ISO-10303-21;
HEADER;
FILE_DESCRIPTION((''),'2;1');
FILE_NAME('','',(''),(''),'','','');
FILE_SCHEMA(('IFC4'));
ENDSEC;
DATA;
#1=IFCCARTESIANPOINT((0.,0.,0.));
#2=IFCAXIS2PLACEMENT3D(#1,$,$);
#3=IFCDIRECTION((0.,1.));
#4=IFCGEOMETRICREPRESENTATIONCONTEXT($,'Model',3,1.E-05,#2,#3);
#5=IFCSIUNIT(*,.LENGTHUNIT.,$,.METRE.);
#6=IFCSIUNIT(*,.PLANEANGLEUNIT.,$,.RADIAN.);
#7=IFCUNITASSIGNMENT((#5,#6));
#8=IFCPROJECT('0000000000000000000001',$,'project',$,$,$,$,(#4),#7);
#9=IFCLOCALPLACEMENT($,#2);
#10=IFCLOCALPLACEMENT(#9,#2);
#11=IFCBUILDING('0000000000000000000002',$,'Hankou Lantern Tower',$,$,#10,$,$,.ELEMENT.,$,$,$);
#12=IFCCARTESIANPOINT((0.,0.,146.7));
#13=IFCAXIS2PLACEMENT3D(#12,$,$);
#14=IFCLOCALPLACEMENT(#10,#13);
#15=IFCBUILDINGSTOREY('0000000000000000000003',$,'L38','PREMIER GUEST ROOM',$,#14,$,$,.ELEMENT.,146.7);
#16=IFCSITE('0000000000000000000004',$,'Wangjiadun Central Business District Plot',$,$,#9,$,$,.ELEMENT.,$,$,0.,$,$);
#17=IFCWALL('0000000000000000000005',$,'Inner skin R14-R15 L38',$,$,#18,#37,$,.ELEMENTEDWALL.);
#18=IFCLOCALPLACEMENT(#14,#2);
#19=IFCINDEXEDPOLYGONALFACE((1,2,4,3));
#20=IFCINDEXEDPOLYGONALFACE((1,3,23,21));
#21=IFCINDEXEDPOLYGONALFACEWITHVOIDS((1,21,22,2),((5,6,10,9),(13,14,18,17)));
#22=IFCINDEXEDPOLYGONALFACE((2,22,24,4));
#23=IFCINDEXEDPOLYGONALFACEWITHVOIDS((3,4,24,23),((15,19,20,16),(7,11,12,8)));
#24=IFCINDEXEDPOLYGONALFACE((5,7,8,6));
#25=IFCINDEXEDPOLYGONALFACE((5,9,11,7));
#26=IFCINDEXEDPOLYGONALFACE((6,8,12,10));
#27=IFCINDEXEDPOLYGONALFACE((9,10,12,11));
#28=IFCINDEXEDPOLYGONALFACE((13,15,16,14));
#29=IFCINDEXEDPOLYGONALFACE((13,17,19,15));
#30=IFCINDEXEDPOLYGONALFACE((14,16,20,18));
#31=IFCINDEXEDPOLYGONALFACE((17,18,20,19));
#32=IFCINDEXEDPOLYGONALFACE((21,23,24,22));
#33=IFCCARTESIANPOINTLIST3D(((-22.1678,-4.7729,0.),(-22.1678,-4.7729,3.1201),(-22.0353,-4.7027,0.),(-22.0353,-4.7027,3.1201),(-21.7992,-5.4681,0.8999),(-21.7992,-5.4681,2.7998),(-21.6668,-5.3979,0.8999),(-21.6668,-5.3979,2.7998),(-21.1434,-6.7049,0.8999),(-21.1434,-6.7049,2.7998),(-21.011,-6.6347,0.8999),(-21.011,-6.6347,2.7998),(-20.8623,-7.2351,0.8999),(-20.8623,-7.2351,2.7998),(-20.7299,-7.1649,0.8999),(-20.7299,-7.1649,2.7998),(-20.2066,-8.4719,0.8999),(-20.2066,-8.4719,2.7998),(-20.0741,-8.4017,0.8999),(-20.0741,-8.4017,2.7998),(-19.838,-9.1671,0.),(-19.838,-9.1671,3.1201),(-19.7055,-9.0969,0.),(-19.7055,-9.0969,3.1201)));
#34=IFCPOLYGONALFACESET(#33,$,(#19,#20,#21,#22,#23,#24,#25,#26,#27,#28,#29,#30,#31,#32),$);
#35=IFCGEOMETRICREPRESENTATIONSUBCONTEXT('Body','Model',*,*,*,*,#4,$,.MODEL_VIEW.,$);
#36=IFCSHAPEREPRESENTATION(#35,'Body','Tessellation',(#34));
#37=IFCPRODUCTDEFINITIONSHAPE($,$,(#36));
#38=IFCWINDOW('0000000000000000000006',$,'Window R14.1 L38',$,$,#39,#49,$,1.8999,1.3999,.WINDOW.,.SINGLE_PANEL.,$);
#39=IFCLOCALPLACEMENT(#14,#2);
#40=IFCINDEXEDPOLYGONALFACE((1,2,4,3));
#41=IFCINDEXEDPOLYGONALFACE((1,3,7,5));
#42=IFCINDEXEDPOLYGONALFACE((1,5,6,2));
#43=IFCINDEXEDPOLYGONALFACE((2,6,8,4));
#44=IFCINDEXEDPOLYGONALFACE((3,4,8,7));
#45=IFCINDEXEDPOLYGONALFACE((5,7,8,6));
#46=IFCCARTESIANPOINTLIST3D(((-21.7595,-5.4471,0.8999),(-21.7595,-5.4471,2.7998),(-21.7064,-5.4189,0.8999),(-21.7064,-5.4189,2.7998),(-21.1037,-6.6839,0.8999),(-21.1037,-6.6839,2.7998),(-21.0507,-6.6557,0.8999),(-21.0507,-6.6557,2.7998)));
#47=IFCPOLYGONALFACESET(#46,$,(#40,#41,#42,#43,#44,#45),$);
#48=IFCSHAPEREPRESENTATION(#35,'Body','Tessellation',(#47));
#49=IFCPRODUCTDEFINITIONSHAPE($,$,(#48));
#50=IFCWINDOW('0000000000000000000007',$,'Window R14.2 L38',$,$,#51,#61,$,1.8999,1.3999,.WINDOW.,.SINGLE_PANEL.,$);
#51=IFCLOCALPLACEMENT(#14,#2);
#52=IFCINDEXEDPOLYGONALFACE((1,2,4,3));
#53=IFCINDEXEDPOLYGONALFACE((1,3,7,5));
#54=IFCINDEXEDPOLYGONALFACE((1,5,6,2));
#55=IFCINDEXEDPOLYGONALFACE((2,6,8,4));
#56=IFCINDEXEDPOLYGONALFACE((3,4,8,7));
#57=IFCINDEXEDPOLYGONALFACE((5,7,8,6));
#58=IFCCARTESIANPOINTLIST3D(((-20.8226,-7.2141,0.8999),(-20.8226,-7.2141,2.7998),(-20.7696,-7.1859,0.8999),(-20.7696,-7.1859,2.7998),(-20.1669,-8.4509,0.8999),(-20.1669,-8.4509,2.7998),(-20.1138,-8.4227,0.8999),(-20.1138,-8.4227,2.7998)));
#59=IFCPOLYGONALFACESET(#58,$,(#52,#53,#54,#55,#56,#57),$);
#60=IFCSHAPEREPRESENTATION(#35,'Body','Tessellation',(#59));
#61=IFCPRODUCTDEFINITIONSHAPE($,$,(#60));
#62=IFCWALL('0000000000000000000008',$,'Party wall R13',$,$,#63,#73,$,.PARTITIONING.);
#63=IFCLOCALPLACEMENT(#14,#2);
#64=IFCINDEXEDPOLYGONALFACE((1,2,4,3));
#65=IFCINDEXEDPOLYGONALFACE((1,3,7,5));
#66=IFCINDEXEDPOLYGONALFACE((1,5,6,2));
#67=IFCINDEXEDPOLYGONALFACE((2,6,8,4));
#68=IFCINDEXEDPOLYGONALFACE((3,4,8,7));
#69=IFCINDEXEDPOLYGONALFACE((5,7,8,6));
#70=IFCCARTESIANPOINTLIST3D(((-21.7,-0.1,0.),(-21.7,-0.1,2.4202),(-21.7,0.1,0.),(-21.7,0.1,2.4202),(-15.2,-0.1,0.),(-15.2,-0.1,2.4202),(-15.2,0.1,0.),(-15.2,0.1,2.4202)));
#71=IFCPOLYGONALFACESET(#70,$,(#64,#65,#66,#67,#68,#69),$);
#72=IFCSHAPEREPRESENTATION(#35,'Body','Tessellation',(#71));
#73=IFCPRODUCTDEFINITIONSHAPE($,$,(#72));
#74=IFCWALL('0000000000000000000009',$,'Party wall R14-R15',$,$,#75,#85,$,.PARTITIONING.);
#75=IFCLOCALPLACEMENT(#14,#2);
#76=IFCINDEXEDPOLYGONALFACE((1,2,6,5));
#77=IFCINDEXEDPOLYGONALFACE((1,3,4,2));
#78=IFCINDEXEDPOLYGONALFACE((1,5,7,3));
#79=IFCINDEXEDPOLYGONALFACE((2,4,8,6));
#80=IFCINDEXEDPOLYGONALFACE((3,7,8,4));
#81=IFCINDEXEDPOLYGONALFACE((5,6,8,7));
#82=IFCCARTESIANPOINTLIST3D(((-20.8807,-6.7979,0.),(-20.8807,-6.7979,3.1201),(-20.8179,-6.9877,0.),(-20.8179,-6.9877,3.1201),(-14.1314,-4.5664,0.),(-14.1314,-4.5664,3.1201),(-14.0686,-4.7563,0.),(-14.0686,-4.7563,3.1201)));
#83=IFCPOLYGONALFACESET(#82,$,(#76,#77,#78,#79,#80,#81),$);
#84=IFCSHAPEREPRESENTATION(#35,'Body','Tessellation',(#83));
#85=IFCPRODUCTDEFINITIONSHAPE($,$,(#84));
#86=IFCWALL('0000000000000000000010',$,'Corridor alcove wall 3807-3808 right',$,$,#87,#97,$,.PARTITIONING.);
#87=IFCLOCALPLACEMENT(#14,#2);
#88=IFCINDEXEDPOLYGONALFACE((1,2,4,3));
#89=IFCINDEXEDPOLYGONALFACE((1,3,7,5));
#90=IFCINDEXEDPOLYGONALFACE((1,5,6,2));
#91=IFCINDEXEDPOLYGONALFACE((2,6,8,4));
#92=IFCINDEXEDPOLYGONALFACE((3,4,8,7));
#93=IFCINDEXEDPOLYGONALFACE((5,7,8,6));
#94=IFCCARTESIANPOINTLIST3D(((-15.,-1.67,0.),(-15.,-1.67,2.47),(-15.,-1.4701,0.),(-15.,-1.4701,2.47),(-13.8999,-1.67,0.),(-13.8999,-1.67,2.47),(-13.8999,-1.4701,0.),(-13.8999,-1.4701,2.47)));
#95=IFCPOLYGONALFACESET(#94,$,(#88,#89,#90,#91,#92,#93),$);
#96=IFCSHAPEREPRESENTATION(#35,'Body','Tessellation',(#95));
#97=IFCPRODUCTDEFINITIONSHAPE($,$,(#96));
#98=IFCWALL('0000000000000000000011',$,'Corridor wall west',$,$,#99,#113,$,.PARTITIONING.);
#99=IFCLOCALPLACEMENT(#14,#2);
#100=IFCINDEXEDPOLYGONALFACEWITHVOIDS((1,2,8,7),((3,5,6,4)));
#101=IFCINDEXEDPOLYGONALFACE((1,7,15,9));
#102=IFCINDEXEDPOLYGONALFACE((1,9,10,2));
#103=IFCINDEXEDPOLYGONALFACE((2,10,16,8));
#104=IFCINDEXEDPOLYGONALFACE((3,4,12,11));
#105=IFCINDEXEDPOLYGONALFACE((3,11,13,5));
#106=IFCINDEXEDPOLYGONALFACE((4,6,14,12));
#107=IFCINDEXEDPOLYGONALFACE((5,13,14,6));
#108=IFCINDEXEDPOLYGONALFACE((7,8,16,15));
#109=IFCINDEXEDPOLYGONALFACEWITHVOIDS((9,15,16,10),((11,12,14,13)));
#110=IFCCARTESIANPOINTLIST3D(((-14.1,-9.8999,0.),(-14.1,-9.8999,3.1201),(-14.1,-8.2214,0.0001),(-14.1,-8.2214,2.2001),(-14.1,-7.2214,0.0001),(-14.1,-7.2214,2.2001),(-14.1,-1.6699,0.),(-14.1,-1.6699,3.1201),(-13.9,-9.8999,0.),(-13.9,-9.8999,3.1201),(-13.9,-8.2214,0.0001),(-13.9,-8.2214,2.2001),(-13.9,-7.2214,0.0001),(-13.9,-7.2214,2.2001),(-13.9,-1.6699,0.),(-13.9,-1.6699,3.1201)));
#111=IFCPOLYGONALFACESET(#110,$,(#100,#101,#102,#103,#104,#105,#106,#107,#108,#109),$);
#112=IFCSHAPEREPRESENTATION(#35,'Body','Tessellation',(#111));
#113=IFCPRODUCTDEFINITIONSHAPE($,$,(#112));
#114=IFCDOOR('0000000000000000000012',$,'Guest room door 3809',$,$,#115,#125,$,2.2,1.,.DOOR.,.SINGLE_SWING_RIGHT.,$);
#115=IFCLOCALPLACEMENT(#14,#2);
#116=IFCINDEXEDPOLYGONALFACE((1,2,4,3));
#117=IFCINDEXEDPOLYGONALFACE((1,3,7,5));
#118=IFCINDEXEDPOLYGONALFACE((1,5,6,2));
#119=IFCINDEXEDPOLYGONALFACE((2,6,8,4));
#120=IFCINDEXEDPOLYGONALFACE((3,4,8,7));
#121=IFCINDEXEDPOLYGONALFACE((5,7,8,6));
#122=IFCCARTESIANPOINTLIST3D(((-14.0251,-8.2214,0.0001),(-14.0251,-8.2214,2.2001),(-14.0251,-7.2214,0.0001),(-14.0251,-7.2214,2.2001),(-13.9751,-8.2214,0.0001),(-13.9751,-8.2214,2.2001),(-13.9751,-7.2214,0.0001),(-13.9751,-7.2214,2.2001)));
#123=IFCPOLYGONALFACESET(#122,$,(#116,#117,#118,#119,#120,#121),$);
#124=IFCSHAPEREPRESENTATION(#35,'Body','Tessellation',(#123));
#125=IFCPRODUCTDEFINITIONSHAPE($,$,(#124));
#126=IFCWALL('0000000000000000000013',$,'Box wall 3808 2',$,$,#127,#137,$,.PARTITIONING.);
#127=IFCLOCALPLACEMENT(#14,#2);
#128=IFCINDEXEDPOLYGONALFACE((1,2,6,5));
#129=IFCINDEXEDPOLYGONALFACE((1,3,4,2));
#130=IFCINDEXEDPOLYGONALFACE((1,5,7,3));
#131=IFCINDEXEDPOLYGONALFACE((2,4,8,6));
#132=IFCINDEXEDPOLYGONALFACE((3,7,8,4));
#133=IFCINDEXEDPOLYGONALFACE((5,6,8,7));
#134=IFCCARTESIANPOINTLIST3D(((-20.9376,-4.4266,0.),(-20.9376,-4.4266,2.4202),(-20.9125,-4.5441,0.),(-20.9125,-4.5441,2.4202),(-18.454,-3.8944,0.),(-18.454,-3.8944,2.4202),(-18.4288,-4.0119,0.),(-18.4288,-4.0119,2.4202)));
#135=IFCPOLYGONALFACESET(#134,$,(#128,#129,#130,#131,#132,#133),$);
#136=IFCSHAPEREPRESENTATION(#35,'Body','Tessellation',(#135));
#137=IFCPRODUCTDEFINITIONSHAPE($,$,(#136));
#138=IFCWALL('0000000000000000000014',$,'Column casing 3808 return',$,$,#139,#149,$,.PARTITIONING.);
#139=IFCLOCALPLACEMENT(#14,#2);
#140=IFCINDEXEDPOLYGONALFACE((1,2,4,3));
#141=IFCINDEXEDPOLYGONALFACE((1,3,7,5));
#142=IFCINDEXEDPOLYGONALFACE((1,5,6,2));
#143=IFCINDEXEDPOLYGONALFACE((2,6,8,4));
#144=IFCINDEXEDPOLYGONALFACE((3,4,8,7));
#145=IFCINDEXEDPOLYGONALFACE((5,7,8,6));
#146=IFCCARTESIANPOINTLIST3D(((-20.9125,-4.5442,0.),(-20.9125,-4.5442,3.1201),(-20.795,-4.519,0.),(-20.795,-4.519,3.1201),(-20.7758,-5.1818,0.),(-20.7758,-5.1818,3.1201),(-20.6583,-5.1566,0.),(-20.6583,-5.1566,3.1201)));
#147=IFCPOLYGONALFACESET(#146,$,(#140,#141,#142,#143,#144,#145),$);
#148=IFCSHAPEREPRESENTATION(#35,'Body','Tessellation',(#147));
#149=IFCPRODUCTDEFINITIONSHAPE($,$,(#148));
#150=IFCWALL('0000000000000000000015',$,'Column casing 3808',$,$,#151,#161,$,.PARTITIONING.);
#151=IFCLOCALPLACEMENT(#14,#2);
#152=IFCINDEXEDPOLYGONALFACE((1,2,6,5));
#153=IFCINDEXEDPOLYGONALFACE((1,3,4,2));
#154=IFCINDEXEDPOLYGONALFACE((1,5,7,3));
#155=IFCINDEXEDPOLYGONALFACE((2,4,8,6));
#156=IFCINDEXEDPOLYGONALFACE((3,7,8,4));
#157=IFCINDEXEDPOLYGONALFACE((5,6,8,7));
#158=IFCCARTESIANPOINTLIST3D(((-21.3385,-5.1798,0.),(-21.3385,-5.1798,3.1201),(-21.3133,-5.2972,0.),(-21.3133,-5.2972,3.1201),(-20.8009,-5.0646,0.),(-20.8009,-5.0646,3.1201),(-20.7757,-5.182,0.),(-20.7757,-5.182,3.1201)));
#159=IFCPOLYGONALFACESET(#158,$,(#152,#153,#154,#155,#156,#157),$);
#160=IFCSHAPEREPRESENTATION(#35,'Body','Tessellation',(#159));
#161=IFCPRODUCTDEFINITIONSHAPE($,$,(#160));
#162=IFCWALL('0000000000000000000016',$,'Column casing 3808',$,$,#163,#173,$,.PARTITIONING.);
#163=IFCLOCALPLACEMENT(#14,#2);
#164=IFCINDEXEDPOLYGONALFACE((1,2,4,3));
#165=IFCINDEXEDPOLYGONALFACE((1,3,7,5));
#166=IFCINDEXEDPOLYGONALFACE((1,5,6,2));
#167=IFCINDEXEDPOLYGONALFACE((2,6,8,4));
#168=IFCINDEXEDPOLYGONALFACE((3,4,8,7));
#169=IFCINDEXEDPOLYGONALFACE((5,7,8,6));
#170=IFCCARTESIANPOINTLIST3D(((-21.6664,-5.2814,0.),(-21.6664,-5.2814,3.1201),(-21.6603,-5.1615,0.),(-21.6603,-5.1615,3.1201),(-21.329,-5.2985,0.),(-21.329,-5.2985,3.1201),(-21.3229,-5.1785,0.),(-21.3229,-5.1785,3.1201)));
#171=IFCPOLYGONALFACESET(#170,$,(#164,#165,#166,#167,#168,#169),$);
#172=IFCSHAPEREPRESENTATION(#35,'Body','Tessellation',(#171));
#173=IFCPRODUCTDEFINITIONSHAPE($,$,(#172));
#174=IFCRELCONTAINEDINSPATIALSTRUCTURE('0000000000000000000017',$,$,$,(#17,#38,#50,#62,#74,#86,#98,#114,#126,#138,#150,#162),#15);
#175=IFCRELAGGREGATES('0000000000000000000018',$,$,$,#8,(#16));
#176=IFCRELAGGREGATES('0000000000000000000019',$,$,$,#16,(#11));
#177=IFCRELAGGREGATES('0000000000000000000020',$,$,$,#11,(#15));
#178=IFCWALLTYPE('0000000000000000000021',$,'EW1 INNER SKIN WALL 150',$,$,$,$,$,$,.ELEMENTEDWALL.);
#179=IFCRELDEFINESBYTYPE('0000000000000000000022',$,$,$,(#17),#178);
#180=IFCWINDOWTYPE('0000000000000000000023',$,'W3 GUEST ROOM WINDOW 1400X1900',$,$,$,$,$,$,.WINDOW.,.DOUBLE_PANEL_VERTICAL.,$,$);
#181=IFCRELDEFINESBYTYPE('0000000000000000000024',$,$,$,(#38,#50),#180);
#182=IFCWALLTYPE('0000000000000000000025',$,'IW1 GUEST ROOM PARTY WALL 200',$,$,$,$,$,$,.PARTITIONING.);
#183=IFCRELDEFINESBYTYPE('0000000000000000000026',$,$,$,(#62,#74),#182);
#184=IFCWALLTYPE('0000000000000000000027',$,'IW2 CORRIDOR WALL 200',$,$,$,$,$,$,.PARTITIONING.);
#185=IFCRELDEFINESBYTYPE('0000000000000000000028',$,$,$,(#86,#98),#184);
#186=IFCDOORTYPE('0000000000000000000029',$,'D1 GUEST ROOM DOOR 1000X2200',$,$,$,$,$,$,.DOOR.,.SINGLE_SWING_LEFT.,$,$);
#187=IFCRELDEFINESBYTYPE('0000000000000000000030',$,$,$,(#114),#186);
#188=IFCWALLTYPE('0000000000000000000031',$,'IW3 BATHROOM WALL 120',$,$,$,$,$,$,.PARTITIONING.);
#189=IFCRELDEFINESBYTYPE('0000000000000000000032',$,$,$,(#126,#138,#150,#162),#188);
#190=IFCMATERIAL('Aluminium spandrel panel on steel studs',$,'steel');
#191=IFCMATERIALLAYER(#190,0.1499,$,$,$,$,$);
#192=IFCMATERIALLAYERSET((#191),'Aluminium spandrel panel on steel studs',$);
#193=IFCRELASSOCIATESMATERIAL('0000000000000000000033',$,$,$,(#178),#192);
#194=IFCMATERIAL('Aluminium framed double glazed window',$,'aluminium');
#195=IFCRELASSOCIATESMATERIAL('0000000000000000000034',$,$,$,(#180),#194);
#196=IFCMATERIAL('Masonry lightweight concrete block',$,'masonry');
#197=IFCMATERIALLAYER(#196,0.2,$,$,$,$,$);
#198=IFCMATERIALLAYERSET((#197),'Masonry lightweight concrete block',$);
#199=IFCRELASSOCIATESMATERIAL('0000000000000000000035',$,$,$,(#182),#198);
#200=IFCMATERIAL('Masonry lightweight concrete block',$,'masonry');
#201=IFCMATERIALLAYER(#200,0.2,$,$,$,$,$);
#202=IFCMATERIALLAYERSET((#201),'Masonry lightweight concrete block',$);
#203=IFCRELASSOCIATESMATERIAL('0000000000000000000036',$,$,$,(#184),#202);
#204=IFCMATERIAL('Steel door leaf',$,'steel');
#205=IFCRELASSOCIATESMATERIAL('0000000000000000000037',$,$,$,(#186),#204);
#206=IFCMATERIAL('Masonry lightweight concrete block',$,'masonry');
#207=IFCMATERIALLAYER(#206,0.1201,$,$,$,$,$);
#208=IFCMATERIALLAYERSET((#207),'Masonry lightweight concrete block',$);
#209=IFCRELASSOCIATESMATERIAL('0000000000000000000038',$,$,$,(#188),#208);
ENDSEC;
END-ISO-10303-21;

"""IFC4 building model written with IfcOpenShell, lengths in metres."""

from ifc_helpers import new_model, si_unit, direction, frame, frame_2d, origin, place, context, subcontext, project, spatial, rectangle, extrude, material, layer, layer_set, type_object, element, fill, save


model = new_model("IFC4")

# Units and contexts
model_context = context("Model", 3, precision=1e-05, world=origin(), true_north=direction((0.0, 1.0)))
body_context = subcontext(model_context, "Body", "Model", "MODEL_VIEW")
ifc_project = project(units=[si_unit("LENGTHUNIT", "METRE"), si_unit("PLANEANGLEUNIT", "RADIAN")], contexts=[model_context])

# Site, building, storey
site_placement = place(None, origin())
site = spatial("IfcSite", under=ifc_project, at=site_placement, Name="Wangjiadun Central Business District Plot", CompositionType="ELEMENT", RefElevation=0.0)
building_placement = place(site_placement, origin())
building = spatial("IfcBuilding", under=site, at=building_placement, Name="Hankou Lantern Tower", CompositionType="ELEMENT")
storey_placement = place(building_placement, frame((0.0, 0.0, 146.7)))
storey = spatial("IfcBuildingStorey", under=building, at=storey_placement, Name="L38", Description="PREMIER GUEST ROOM", CompositionType="ELEMENT", Elevation=146.7)

# Wall, openings, windows
ifc_material_1 = material(Name="Aluminium spandrel panel on steel studs", Category="steel")
ifc_layer_1 = layer(ifc_material_1, 0.1499)
ifc_layer_set_1 = layer_set([ifc_layer_1], Name="Aluminium spandrel panel on steel studs")
wall_type_1 = type_object("IfcWallType", Name="EW1 INNER SKIN WALL 150", PredefinedType="ELEMENTEDWALL", material=ifc_layer_set_1)
ifc_material_2 = material(Name="Aluminium framed double glazed window", Category="aluminium")
window_type = type_object("IfcWindowType", Name="W3 GUEST ROOM WINDOW 1400X1900", PartitioningType="DOUBLE_PANEL_VERTICAL", PredefinedType="WINDOW", material=ifc_material_2)
wall_1_placement = place(storey_placement, frame((-22.1016, -4.7378, 0.0), z_axis=(0.0, 0.0, 1.0), x_axis=(0.468429, -0.883501, 0.0)))
wall_1 = element("IfcWall", 1, at=wall_1_placement, inside=storey, type_object=wall_type_1, Name="Inner skin R14-R15 L38", PredefinedType="ELEMENTEDWALL", context=body_context, shape_type="SweptSolid", body=[
    extrude(rectangle(XDim=4.9736, YDim=0.1499, at=frame_2d((2.4868, 0.0))), origin(), (0.0, 0.0, 1.0), 3.1201),
])
opening_1_placement = place(wall_1_placement, frame((0.7869, 0.0, 0.8999)))
opening_1 = element("IfcOpeningElement", 2, at=opening_1_placement, cuts=wall_1, PredefinedType="OPENING", context=body_context, shape_type="SweptSolid", body=[
    extrude(rectangle(XDim=1.3999, YDim=1.8999, at=frame_2d((0.7, 0.95))), frame((0.0, 0.085, 0.0), z_axis=(0.0, -1.0, 0.0), x_axis=(1.0, 0.0, 0.0)), (0.0, 0.0, 1.0), 0.1699),
])
opening_2_placement = place(wall_1_placement, frame((2.7869, 0.0, 0.8999)))
opening_2 = element("IfcOpeningElement", 3, at=opening_2_placement, cuts=wall_1, PredefinedType="OPENING", context=body_context, shape_type="SweptSolid", body=[
    extrude(rectangle(XDim=1.3999, YDim=1.8999, at=frame_2d((0.7, 0.95))), frame((0.0, 0.085, 0.0), z_axis=(0.0, -1.0, 0.0), x_axis=(1.0, 0.0, 0.0)), (0.0, 0.0, 1.0), 0.1699),
])
window_1_placement = place(opening_1_placement, origin())
window_1 = element("IfcWindow", 4, at=window_1_placement, inside=storey, type_object=window_type, Name="Window R14.1 L38", OverallHeight=1.8999, OverallWidth=1.3999, PartitioningType="SINGLE_PANEL", PredefinedType="WINDOW", context=body_context, shape_type="SweptSolid", body=[
    extrude(rectangle(XDim=1.3999, YDim=1.8999, at=frame_2d((0.7, 0.95))), frame((0.0, 0.03, 0.0), z_axis=(0.0, -1.0, 0.0), x_axis=(1.0, 0.0, 0.0)), (0.0, 0.0, 1.0), 0.0601),
])
fill(opening_1, window_1)
window_2_placement = place(opening_2_placement, origin())
window_2 = element("IfcWindow", 5, at=window_2_placement, inside=storey, type_object=window_type, Name="Window R14.2 L38", OverallHeight=1.8999, OverallWidth=1.3999, PartitioningType="SINGLE_PANEL", PredefinedType="WINDOW", context=body_context, shape_type="SweptSolid", body=[
    extrude(rectangle(XDim=1.3999, YDim=1.8999, at=frame_2d((0.7, 0.95))), frame((0.0, 0.03, 0.0), z_axis=(0.0, -1.0, 0.0), x_axis=(1.0, 0.0, 0.0)), (0.0, 0.0, 1.0), 0.0601),
])
fill(opening_2, window_2)

# Walls
ifc_material_3 = material(Name="Masonry lightweight concrete block", Category="masonry")
ifc_layer_2 = layer(ifc_material_3, 0.2)
ifc_layer_set_2 = layer_set([ifc_layer_2], Name="Masonry lightweight concrete block")
wall_type_2 = type_object("IfcWallType", Name="IW1 GUEST ROOM PARTY WALL 200", PredefinedType="PARTITIONING", material=ifc_layer_set_2)
wall_2_placement = place(storey_placement, frame((-15.2, 0.0, 0.0), z_axis=(0.0, 0.0, 1.0), x_axis=(-1.0, 0.0, 0.0)))
element("IfcWall", 6, at=wall_2_placement, inside=storey, type_object=wall_type_2, Name="Party wall R13", PredefinedType="PARTITIONING", context=body_context, shape_type="SweptSolid", body=[
    extrude(rectangle(XDim=6.5, YDim=0.2, at=frame_2d((3.25, 0.0))), origin(), (0.0, 0.0, 1.0), 2.4202),
])
wall_3_placement = place(storey_placement, frame((-14.1001, -4.6614, 0.0), z_axis=(0.0, 0.0, 1.0), x_axis=(-0.949453, -0.313909, 0.0)))
element("IfcWall", 7, at=wall_3_placement, inside=storey, type_object=wall_type_2, Name="Party wall R14-R15", PredefinedType="PARTITIONING", context=body_context, shape_type="SweptSolid", body=[
    extrude(rectangle(XDim=7.1086, YDim=0.2, at=frame_2d((3.5542, 0.0))), origin(), (0.0, 0.0, 1.0), 3.1201),
])
ifc_material_4 = material(Name="Masonry lightweight concrete block", Category="masonry")
ifc_layer_3 = layer(ifc_material_4, 0.2)
ifc_layer_set_3 = layer_set([ifc_layer_3], Name="Masonry lightweight concrete block")
wall_type_3 = type_object("IfcWallType", Name="IW2 CORRIDOR WALL 200", PredefinedType="PARTITIONING", material=ifc_layer_set_3)
wall_4_placement = place(storey_placement, frame((-13.8999, -1.5701, 0.0), z_axis=(0.0, 0.0, 1.0), x_axis=(-1.0, 0.0, 0.0)))
element("IfcWall", 8, at=wall_4_placement, inside=storey, type_object=wall_type_3, Name="Corridor alcove wall 3807-3808 right", PredefinedType="PARTITIONING", context=body_context, shape_type="SweptSolid", body=[
    extrude(rectangle(XDim=1.1001, YDim=0.2, at=frame_2d((0.55, 0.0))), origin(), (0.0, 0.0, 1.0), 2.47),
])

# Wall, opening, door
wall_5_placement = place(storey_placement, frame((-14.0, -1.6699, 0.0), z_axis=(0.0, 0.0, 1.0), x_axis=(0.0, -1.0, 0.0)))
wall_5 = element("IfcWall", 9, at=wall_5_placement, inside=storey, type_object=wall_type_3, Name="Corridor wall west", PredefinedType="PARTITIONING", context=body_context, shape_type="SweptSolid", body=[
    extrude(rectangle(XDim=8.23, YDim=0.2, at=frame_2d((4.115, 0.0))), origin(), (0.0, 0.0, 1.0), 3.1201),
])
opening_3_placement = place(wall_5_placement, frame((5.5515, 0.0, 0.0)))
opening_3 = element("IfcOpeningElement", 10, at=opening_3_placement, cuts=wall_5, PredefinedType="OPENING", context=body_context, shape_type="SweptSolid", body=[
    extrude(rectangle(XDim=1.0, YDim=2.2, at=frame_2d((0.5, 1.1001))), frame((0.0, 0.1099, 0.0), z_axis=(0.0, -1.0, 0.0), x_axis=(1.0, 0.0, 0.0)), (0.0, 0.0, 1.0), 0.22),
])
ifc_material_5 = material(Name="Steel door leaf", Category="steel")
door_type = type_object("IfcDoorType", Name="D1 GUEST ROOM DOOR 1000X2200", OperationType="SINGLE_SWING_LEFT", PredefinedType="DOOR", material=ifc_material_5)
door_placement = place(opening_3_placement, origin())
door = element("IfcDoor", 11, at=door_placement, inside=storey, type_object=door_type, Name="Guest room door 3809", OperationType="SINGLE_SWING_RIGHT", OverallHeight=2.2, OverallWidth=1.0, PredefinedType="DOOR", context=body_context, shape_type="SweptSolid", body=[
    extrude(rectangle(XDim=1.0, YDim=2.2, at=frame_2d((0.5, 1.1001))), frame((0.0, 0.0249, 0.0), z_axis=(0.0, -1.0, 0.0), x_axis=(1.0, 0.0, 0.0)), (0.0, 0.0, 1.0), 0.05),
])
fill(opening_3, door)

# Walls
ifc_material_6 = material(Name="Masonry lightweight concrete block", Category="masonry")
ifc_layer_4 = layer(ifc_material_6, 0.1201)
ifc_layer_set_4 = layer_set([ifc_layer_4], Name="Masonry lightweight concrete block")
wall_type_4 = type_object("IfcWallType", Name="IW3 BATHROOM WALL 120", PredefinedType="PARTITIONING", material=ifc_layer_set_4)
wall_6_placement = place(storey_placement, frame((-18.4414, -3.9531, 0.0), z_axis=(0.0, 0.0, 1.0), x_axis=(-0.977801, -0.209536, 0.0)))
element("IfcWall", 12, at=wall_6_placement, inside=storey, type_object=wall_type_4, Name="Box wall 3808 2", PredefinedType="PARTITIONING", context=body_context, shape_type="SweptSolid", body=[
    extrude(rectangle(XDim=2.54, YDim=0.1201, at=frame_2d((1.27, 0.0))), origin(), (0.0, 0.0, 1.0), 2.4202),
])
wall_7_placement = place(storey_placement, frame((-20.8538, -4.5315, 0.0), z_axis=(0.0, 0.0, 1.0), x_axis=(0.209631, -0.97778, 0.0)))
element("IfcWall", 13, at=wall_7_placement, inside=storey, type_object=wall_type_4, Name="Column casing 3808 return", PredefinedType="PARTITIONING", context=body_context, shape_type="SweptSolid", body=[
    extrude(rectangle(XDim=0.6521, YDim=0.1201, at=frame_2d((0.3262, 0.0))), origin(), (0.0, 0.0, 1.0), 3.1201),
])
wall_8_placement = place(storey_placement, frame((-20.7883, -5.1233, 0.0), z_axis=(0.0, 0.0, 1.0), x_axis=(-0.977789, -0.20959, 0.0)))
element("IfcWall", 14, at=wall_8_placement, inside=storey, type_object=wall_type_4, Name="Column casing 3808", PredefinedType="PARTITIONING", context=body_context, shape_type="SweptSolid", body=[
    extrude(rectangle(XDim=0.5498, YDim=0.1201, at=frame_2d((0.2749, 0.0))), origin(), (0.0, 0.0, 1.0), 3.1201),
])
wall_9_placement = place(storey_placement, frame((-21.3259, -5.2385, 0.0), z_axis=(0.0, 0.0, 1.0), x_axis=(-0.99872, 0.050586, 0.0)))
element("IfcWall", 15, at=wall_9_placement, inside=storey, type_object=wall_type_4, Name="Column casing 3808", PredefinedType="PARTITIONING", context=body_context, shape_type="SweptSolid", body=[
    extrude(rectangle(XDim=0.3379, YDim=0.1201, at=frame_2d((0.1689, 0.0))), origin(), (0.0, 0.0, 1.0), 3.1201),
])

save(model, "model.ifc")
